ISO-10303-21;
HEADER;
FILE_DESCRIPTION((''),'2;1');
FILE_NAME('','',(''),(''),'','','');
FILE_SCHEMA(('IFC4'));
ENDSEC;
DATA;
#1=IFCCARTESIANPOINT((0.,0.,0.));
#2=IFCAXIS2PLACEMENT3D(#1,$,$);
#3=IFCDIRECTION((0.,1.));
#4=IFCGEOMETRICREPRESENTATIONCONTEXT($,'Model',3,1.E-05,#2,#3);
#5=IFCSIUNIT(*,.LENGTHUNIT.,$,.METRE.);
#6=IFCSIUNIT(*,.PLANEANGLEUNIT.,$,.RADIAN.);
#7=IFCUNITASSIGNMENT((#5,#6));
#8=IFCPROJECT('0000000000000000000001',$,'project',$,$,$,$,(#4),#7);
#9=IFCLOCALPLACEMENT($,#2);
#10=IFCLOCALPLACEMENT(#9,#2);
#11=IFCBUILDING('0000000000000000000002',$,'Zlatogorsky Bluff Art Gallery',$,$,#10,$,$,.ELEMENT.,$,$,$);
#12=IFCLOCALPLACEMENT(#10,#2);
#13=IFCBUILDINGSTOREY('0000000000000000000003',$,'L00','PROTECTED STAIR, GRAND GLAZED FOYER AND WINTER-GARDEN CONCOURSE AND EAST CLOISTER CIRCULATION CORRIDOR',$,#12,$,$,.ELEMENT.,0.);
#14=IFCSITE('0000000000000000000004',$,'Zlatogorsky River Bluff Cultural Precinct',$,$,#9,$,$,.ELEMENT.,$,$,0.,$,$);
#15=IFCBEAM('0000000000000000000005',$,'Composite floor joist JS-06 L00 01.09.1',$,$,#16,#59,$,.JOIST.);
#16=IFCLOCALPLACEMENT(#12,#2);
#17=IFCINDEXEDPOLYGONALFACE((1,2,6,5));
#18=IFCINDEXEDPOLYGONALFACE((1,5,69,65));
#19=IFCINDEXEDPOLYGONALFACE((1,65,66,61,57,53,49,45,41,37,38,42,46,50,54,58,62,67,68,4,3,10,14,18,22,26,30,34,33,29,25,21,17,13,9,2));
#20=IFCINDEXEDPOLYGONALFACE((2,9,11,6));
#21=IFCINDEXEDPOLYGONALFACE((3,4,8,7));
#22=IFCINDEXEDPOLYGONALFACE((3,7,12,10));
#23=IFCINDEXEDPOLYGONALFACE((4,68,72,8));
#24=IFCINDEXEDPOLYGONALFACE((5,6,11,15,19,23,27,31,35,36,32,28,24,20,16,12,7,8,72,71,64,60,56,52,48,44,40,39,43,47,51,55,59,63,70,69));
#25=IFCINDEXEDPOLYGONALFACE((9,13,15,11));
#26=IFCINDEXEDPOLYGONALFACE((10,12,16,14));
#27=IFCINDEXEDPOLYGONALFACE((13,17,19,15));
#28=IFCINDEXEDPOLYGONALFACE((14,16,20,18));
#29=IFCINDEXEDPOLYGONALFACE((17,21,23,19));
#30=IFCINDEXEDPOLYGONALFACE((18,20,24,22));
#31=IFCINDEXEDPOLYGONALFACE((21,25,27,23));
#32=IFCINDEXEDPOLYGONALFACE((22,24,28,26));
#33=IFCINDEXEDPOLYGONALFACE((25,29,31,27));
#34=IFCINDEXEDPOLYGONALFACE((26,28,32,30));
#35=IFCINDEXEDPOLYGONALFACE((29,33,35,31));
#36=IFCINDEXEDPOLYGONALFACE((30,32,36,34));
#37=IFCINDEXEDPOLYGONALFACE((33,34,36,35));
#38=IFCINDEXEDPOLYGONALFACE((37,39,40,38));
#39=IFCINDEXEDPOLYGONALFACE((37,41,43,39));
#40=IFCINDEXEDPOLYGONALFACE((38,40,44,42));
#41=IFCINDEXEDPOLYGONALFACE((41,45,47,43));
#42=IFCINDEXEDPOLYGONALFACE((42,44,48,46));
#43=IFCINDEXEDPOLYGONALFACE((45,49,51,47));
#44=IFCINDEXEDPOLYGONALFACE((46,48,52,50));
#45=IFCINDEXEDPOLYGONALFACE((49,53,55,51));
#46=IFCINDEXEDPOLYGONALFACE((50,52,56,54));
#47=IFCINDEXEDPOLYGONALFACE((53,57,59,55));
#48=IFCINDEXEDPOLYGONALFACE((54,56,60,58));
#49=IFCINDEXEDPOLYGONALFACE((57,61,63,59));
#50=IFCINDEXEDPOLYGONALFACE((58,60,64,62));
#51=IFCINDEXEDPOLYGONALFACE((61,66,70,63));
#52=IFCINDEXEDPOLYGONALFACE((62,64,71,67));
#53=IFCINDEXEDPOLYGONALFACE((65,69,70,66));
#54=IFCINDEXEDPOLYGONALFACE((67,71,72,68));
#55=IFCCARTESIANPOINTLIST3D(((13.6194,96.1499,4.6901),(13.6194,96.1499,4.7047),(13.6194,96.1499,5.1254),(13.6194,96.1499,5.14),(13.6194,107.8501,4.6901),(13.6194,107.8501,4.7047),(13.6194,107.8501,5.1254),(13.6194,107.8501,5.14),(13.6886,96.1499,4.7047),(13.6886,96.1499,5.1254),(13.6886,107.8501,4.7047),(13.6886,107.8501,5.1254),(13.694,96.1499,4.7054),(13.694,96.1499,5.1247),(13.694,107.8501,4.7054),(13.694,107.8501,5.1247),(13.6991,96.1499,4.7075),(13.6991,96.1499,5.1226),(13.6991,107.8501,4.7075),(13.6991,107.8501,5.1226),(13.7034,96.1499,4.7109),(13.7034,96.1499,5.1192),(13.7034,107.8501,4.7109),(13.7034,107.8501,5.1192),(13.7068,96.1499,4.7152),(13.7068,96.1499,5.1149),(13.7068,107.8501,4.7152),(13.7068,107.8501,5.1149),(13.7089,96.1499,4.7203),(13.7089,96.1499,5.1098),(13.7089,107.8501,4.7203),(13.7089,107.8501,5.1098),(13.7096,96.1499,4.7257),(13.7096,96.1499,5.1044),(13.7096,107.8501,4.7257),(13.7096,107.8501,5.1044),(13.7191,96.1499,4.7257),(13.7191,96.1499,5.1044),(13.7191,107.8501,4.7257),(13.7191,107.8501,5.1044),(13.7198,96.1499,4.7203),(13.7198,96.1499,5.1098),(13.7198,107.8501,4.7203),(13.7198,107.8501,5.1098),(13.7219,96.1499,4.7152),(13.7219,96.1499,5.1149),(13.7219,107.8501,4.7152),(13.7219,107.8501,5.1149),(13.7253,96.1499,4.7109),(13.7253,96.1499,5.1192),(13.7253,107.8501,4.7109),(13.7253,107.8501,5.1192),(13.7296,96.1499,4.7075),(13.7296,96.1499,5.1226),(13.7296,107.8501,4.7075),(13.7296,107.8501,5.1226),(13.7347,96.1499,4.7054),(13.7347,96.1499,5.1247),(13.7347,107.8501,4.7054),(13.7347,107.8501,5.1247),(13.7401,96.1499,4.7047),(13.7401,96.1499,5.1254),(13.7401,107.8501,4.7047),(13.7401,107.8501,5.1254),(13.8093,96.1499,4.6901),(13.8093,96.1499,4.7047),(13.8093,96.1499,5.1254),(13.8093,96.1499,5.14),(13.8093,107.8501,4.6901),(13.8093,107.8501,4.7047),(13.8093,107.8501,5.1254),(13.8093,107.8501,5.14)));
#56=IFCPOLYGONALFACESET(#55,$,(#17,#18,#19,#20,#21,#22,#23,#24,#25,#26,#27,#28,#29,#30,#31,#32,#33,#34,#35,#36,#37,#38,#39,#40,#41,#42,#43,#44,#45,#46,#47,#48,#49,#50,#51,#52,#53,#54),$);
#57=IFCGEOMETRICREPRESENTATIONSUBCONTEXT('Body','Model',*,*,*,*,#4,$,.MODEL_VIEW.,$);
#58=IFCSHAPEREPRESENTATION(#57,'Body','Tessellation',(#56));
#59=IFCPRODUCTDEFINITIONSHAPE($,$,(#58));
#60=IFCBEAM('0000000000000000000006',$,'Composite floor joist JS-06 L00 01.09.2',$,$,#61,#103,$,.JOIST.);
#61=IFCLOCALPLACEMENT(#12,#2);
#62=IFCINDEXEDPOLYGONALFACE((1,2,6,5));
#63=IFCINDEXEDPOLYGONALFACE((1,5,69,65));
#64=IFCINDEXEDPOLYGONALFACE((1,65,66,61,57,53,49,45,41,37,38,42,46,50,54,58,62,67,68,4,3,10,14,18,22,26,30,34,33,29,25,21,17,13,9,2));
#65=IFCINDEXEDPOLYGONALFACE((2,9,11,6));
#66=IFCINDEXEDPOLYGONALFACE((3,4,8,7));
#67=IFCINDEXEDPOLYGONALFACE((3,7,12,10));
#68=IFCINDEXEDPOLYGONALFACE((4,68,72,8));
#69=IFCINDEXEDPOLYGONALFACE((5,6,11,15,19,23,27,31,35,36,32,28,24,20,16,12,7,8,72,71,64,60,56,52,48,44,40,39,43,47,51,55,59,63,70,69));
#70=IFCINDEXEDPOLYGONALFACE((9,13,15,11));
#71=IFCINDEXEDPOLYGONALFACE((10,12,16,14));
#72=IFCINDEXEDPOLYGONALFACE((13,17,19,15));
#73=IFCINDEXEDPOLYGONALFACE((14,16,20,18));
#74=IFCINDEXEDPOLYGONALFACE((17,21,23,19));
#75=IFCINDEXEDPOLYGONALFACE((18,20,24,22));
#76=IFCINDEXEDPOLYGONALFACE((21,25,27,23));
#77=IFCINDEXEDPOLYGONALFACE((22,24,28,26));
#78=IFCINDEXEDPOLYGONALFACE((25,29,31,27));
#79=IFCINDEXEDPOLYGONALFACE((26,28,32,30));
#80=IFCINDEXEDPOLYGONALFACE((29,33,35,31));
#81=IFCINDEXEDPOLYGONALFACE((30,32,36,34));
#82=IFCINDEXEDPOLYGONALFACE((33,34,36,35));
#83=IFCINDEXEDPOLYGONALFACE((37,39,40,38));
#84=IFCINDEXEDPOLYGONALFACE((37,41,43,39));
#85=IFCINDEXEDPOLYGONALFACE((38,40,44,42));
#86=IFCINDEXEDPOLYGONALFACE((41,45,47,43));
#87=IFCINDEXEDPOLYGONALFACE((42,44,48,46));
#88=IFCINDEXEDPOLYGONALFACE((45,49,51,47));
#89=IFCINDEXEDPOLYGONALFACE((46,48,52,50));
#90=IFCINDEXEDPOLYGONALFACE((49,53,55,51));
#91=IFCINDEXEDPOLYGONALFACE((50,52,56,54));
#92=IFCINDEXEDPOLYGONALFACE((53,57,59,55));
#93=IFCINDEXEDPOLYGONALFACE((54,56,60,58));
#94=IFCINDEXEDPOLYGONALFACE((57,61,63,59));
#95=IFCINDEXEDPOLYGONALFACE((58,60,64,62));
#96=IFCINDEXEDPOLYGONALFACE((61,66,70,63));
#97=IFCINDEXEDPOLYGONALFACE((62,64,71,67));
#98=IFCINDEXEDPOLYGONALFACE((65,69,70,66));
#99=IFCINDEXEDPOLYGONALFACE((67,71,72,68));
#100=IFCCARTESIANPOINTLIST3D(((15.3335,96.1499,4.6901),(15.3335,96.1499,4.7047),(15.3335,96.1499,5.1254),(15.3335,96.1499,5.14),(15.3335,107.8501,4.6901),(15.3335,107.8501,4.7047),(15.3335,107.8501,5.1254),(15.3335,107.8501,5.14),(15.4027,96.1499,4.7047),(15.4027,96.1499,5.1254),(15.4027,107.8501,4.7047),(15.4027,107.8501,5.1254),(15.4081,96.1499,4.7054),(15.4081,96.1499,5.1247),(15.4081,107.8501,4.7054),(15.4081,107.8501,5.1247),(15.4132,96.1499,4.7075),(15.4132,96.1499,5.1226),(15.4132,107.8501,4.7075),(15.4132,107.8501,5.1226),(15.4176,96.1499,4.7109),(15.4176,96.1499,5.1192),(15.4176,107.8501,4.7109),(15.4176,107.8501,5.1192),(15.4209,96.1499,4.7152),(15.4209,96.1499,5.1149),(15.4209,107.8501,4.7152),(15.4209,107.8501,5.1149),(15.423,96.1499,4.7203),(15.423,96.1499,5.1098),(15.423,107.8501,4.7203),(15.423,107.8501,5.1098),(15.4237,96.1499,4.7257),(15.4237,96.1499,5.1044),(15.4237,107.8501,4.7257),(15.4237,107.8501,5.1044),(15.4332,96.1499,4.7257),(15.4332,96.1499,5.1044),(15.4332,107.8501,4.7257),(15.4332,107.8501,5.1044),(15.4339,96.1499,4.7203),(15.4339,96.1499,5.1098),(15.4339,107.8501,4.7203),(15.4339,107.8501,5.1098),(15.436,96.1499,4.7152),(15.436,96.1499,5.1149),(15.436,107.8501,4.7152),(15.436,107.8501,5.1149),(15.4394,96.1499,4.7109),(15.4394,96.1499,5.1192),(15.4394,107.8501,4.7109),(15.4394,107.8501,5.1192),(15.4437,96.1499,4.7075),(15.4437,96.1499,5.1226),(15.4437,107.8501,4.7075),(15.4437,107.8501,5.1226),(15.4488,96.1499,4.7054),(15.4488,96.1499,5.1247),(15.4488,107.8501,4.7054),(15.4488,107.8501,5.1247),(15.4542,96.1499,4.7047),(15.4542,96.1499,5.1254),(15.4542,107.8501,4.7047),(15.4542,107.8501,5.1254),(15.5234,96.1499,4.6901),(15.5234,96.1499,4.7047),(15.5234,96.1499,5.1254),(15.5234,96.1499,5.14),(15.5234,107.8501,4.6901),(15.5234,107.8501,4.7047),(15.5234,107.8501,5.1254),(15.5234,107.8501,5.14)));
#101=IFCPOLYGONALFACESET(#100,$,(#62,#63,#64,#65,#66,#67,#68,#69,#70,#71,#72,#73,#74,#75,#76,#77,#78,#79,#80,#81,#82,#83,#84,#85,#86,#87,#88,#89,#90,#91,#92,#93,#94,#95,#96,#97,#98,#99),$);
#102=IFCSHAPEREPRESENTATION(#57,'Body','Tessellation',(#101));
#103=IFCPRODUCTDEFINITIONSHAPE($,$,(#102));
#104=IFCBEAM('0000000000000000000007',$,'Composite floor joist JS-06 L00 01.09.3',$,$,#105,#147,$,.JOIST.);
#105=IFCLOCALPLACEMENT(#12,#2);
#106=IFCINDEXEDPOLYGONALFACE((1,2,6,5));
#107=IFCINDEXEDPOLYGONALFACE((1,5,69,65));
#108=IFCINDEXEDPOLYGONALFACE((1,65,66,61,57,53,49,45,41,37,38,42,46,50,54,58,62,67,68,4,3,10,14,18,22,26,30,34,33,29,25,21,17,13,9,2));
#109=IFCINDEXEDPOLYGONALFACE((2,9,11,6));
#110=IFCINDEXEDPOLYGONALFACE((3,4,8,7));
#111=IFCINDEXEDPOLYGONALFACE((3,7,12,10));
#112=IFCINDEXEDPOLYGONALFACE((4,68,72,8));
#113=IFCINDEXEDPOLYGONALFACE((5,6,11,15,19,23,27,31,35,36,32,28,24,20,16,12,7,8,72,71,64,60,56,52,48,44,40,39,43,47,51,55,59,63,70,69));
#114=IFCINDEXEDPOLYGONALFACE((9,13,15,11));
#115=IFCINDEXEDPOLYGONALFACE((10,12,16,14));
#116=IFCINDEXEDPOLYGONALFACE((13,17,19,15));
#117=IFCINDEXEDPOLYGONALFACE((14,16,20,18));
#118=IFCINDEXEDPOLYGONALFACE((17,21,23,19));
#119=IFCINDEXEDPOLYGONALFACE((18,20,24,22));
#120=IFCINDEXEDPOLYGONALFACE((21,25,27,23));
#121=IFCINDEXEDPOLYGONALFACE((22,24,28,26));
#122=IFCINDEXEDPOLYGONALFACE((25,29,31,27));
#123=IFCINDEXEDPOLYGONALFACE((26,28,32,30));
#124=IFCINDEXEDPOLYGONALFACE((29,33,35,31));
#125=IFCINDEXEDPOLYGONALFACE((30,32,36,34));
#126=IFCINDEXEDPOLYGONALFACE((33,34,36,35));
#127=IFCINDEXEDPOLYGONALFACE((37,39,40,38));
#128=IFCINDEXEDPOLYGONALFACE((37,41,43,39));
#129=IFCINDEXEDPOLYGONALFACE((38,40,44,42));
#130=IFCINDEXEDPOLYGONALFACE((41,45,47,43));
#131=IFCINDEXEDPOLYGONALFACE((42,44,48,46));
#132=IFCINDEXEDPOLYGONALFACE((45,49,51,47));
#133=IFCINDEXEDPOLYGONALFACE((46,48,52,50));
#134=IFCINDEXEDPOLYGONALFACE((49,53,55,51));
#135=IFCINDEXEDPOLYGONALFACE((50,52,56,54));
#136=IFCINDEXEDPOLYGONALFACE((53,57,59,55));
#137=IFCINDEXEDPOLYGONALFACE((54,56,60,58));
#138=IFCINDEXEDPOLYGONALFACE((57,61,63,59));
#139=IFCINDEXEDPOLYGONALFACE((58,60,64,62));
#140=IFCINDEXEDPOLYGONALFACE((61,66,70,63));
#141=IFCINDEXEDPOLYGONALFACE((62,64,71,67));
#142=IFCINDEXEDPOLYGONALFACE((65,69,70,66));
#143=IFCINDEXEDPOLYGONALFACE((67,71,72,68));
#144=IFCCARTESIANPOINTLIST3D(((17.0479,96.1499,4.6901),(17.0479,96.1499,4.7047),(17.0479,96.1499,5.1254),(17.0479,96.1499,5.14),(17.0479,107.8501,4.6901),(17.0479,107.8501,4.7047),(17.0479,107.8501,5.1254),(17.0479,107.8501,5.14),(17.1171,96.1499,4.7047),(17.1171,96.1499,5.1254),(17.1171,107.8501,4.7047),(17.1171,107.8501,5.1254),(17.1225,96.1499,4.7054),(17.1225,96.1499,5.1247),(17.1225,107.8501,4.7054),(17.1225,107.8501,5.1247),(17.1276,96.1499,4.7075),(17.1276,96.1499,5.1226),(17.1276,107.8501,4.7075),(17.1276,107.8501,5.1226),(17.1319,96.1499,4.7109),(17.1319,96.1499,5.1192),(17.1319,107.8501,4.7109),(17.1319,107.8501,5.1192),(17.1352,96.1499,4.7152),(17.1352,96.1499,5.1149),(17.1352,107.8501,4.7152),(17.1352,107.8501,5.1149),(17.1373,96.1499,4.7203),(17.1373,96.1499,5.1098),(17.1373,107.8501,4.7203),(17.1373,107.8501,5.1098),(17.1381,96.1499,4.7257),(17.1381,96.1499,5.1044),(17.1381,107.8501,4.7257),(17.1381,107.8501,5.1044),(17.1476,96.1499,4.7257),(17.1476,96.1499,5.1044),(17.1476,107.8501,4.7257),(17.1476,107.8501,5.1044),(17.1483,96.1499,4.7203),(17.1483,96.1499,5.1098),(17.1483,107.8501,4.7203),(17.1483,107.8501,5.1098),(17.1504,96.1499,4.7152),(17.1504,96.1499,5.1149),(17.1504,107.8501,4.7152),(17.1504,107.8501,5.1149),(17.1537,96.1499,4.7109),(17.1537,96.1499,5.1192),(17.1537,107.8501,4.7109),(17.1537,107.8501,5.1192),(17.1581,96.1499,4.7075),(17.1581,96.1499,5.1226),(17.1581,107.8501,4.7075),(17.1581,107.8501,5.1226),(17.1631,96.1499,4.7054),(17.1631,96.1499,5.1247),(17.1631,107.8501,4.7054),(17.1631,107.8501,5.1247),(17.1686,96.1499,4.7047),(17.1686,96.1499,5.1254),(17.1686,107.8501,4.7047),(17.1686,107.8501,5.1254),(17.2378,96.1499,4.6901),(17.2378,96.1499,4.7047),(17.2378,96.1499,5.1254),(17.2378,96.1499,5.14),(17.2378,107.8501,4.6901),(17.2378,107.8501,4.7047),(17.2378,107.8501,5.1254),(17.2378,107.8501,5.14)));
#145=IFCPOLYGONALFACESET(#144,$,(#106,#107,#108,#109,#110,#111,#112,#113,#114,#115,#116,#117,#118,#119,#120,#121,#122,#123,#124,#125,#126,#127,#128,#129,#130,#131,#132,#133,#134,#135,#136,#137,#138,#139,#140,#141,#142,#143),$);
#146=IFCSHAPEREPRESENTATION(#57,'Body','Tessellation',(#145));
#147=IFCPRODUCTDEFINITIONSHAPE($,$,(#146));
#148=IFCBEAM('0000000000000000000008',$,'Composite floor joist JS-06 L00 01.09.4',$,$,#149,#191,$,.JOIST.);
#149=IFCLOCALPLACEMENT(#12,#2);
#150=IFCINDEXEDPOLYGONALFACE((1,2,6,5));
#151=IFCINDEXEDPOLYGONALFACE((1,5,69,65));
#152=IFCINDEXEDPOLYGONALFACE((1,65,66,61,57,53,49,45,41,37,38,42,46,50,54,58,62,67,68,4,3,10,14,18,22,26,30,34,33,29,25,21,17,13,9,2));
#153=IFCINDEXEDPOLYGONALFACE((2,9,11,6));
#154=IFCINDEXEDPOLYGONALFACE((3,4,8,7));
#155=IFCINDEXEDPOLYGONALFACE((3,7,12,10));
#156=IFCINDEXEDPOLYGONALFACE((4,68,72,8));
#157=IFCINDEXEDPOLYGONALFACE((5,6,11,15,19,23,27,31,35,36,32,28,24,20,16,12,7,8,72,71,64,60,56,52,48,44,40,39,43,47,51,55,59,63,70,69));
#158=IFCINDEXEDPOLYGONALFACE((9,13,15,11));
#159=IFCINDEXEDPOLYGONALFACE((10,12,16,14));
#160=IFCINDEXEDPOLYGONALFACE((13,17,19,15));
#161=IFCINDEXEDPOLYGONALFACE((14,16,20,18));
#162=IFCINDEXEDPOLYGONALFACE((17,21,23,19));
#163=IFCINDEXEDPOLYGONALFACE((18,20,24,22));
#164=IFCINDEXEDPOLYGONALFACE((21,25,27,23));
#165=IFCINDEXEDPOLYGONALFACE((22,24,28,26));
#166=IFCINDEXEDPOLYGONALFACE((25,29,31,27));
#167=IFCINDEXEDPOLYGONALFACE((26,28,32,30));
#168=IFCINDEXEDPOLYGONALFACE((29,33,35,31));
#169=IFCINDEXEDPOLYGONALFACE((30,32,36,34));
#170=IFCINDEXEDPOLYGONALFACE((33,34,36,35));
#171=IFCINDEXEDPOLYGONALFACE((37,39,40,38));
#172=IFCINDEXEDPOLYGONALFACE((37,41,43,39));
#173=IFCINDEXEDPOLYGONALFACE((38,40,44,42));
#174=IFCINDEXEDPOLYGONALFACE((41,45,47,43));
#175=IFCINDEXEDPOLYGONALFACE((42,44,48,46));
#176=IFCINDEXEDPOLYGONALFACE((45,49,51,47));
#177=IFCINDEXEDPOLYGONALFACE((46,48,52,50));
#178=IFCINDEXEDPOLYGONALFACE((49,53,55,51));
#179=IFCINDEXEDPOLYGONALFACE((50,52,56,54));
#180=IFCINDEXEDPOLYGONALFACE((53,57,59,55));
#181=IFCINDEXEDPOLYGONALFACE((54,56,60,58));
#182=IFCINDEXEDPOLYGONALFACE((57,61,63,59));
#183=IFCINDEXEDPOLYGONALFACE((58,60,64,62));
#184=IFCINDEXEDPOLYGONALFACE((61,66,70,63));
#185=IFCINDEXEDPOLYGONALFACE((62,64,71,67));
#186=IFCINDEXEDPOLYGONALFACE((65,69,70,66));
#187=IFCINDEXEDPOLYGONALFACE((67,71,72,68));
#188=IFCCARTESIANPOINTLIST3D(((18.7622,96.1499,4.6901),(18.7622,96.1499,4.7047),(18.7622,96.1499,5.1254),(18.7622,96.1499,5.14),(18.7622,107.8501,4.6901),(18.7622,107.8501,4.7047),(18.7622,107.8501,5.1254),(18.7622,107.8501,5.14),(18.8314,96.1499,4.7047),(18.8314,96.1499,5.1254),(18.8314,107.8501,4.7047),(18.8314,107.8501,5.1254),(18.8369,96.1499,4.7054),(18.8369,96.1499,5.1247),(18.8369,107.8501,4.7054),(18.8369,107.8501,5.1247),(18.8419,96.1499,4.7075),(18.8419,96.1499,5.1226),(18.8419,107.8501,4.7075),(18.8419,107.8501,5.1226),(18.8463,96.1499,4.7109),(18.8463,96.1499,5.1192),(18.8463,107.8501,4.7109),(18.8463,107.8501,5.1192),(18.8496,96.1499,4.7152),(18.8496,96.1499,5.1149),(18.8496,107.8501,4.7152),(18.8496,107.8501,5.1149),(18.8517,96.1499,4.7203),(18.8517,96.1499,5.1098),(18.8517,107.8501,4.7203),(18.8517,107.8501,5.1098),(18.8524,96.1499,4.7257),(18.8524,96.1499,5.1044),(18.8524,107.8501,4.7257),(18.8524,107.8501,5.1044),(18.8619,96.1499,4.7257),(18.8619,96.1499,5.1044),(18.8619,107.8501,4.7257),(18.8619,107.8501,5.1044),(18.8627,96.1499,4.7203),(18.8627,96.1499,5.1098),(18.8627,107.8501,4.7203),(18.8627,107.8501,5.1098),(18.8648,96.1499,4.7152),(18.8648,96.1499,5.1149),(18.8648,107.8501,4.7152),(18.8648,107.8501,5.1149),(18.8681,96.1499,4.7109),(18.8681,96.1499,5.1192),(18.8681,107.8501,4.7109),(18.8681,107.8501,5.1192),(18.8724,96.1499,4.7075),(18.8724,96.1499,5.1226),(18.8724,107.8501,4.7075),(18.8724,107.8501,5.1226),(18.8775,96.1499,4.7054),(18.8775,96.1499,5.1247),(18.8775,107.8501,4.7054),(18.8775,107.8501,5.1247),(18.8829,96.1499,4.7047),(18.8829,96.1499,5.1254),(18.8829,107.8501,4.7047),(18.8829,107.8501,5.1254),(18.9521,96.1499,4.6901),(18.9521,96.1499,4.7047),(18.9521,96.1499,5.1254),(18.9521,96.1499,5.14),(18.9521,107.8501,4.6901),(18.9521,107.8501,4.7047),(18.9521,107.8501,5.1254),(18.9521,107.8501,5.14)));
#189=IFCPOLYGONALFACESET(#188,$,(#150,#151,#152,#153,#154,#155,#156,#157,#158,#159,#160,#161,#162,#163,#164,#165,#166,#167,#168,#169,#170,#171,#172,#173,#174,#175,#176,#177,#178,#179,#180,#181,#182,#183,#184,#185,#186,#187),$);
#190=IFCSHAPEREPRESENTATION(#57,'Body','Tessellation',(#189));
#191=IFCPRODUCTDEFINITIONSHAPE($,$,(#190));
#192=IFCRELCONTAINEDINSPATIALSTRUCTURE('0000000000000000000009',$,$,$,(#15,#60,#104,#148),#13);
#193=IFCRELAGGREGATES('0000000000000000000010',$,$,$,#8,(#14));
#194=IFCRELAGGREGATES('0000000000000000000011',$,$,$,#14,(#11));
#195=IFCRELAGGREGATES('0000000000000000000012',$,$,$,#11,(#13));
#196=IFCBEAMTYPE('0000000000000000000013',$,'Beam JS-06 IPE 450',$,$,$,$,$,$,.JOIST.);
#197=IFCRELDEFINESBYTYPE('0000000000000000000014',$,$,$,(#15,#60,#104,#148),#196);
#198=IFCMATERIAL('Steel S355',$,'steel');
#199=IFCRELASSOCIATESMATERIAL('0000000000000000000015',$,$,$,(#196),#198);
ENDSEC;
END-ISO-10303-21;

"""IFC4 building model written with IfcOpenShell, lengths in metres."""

from ifc_helpers import new_model, si_unit, direction, frame, origin, origin_2d, place, context, subcontext, project, spatial, i_section, extrude, material, material_profile, profile_set, type_object, element, save


model = new_model("IFC4")

# Units and contexts
model_context = context("Model", 3, precision=1e-05, world=origin(), true_north=direction((0.0, 1.0)))
body_context = subcontext(model_context, "Body", "Model", "MODEL_VIEW")
ifc_project = project(units=[si_unit("LENGTHUNIT", "METRE"), si_unit("PLANEANGLEUNIT", "RADIAN")], contexts=[model_context])

# Site, building, storey
site_placement = place(None, origin())
site = spatial("IfcSite", under=ifc_project, at=site_placement, Name="Zlatogorsky River Bluff Cultural Precinct", CompositionType="ELEMENT", RefElevation=0.0)
building_placement = place(site_placement, origin())
building = spatial("IfcBuilding", under=site, at=building_placement, Name="Zlatogorsky Bluff Art Gallery", CompositionType="ELEMENT")
storey_placement = place(building_placement, origin())
storey = spatial("IfcBuildingStorey", under=building, at=storey_placement, Name="L00", Description="PROTECTED STAIR, GRAND GLAZED FOYER AND WINTER-GARDEN CONCOURSE AND EAST CLOISTER CIRCULATION CORRIDOR", CompositionType="ELEMENT", Elevation=0.0)

# Shared definitions
ifc_material_1 = material(Name="Steel S355", Category="steel")

# Beams
ifc_material_profile_1 = material_profile(ifc_material_1, i_section(OverallWidth=0.1899, OverallDepth=0.45, WebThickness=0.0095, FlangeThickness=0.0146, FilletRadius=0.021, at=origin_2d()), Name="IPE 450")
ifc_profile_set_1 = profile_set([ifc_material_profile_1], Name="Steel S355")
beam_type_1 = type_object("IfcBeamType", Name="Beam JS-06 IPE 450", PredefinedType="JOIST", material=ifc_profile_set_1)
for number, where, z_axis, x_axis, name in (
    (1, (13.7144, 96.1499, 4.915), (0.0, 1.0, 0.0), (-1.0, 0.0, 0.0), "Composite floor joist JS-06 L00 01.09.1"),
    (2, (15.4285, 96.1499, 4.915), (0.0, 1.0, 0.0), (-1.0, 0.0, 0.0), "Composite floor joist JS-06 L00 01.09.2"),
    (3, (17.1428, 96.1499, 4.915), (0.0, 1.0, 0.0), (-1.0, 0.0, 0.0), "Composite floor joist JS-06 L00 01.09.3"),
    (4, (18.8572, 96.1499, 4.915), (0.0, 1.0, 0.0), (-1.0, 0.0, 0.0), "Composite floor joist JS-06 L00 01.09.4"),
):
    element("IfcBeam", number, at=place(storey_placement, frame(where, z_axis=z_axis, x_axis=x_axis)), inside=storey, type_object=beam_type_1, Name=name, PredefinedType="JOIST", context=body_context, shape_type="SweptSolid", body=[
        extrude(i_section(OverallWidth=0.1899, OverallDepth=0.45, WebThickness=0.0095, FlangeThickness=0.0146, FilletRadius=0.021, at=origin_2d()), origin(), (0.0, 0.0, 1.0), 11.7002),
    ])

save(model, "model.ifc")
